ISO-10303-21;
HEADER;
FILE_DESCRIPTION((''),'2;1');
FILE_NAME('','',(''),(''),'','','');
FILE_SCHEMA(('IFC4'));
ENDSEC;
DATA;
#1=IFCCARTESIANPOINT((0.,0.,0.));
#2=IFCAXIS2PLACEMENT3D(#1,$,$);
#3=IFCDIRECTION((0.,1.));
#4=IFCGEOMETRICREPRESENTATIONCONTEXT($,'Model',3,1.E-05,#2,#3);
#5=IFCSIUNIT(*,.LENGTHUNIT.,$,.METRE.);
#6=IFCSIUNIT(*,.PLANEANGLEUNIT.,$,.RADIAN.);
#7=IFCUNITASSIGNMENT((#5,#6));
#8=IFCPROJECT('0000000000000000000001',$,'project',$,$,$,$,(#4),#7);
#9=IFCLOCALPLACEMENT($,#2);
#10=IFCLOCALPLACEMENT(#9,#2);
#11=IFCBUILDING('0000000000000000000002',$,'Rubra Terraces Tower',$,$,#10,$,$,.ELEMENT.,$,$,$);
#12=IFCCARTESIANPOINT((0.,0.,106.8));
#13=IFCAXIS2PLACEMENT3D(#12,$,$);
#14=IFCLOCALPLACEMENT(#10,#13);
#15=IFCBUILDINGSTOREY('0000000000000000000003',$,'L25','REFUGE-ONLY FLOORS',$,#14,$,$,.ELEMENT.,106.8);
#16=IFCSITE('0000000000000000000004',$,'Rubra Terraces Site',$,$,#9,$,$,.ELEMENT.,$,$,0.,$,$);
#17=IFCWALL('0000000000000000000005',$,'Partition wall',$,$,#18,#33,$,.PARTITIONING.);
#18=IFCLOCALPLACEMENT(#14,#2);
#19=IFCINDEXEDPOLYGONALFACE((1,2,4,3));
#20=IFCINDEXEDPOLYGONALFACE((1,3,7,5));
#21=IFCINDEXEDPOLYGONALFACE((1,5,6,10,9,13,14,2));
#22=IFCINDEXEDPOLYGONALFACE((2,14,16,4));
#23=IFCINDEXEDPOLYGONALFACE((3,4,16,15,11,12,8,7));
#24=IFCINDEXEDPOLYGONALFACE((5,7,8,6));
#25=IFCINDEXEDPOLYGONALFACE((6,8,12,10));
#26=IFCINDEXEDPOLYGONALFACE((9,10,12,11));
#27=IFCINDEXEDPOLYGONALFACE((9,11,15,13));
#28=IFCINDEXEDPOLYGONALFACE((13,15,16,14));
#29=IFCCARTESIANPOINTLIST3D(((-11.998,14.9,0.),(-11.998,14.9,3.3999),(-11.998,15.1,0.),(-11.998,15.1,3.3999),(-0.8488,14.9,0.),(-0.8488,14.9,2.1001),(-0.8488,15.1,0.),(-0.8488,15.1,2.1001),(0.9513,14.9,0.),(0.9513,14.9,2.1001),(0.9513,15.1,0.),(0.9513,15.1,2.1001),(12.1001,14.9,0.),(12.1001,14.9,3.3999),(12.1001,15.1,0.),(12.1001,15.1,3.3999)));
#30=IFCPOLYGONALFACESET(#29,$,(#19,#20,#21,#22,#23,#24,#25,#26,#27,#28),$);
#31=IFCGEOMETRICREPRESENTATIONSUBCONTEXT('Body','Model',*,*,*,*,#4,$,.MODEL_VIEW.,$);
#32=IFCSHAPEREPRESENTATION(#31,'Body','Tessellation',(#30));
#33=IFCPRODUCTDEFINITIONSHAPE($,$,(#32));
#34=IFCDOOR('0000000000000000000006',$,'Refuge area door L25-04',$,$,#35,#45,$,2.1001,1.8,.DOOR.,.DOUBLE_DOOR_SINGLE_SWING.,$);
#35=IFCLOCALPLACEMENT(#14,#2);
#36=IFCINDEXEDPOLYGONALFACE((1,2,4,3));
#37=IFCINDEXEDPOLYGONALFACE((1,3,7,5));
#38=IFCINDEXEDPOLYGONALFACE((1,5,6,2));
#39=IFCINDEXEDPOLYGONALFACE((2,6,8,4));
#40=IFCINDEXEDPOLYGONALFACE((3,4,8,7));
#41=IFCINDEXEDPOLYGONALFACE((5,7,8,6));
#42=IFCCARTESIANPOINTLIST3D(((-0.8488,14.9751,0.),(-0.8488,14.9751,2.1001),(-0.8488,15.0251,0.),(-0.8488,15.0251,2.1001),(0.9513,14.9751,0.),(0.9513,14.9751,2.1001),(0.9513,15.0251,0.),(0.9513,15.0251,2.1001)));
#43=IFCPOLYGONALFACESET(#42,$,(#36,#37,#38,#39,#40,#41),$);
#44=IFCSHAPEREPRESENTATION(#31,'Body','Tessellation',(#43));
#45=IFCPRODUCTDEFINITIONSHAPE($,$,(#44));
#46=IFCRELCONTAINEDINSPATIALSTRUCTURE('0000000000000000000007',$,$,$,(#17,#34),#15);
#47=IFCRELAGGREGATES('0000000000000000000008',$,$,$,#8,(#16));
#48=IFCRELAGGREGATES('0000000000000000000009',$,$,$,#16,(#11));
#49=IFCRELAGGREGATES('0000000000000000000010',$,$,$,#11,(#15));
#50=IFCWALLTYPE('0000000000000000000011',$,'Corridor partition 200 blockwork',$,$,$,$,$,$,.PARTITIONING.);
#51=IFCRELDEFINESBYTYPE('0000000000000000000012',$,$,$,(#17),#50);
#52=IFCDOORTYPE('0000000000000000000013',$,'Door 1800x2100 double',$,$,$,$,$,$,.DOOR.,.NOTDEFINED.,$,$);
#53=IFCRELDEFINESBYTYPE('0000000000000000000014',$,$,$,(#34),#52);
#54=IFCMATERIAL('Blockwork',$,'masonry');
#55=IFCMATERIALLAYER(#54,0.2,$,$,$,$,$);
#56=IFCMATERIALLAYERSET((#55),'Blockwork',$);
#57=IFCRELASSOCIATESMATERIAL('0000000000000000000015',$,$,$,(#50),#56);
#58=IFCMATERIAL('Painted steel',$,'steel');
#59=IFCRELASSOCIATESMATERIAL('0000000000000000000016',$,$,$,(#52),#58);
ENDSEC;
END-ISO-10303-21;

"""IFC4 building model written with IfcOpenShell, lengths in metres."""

from ifc_helpers import new_model, si_unit, direction, frame, frame_2d, origin, place, context, subcontext, project, spatial, rectangle, extrude, material, layer, layer_set, type_object, element, fill, save


model = new_model("IFC4")

# Units and contexts
model_context = context("Model", 3, precision=1e-05, world=origin(), true_north=direction((0.0, 1.0)))
body_context = subcontext(model_context, "Body", "Model", "MODEL_VIEW")
ifc_project = project(units=[si_unit("LENGTHUNIT", "METRE"), si_unit("PLANEANGLEUNIT", "RADIAN")], contexts=[model_context])

# Site, building, storey
site_placement = place(None, origin())
site = spatial("IfcSite", under=ifc_project, at=site_placement, Name="Rubra Terraces Site", CompositionType="ELEMENT", RefElevation=0.0)
building_placement = place(site_placement, origin())
building = spatial("IfcBuilding", under=site, at=building_placement, Name="Rubra Terraces Tower", CompositionType="ELEMENT")
storey_placement = place(building_placement, frame((0.0, 0.0, 106.8)))
storey = spatial("IfcBuildingStorey", under=building, at=storey_placement, Name="L25", Description="REFUGE-ONLY FLOORS", CompositionType="ELEMENT", Elevation=106.8)

# Shared definitions
ifc_material_1 = material(Name="Blockwork", Category="masonry")
ifc_layer_1 = layer(ifc_material_1, 0.2)
ifc_layer_set_1 = layer_set([ifc_layer_1], Name="Blockwork")
wall_type_1 = type_object("IfcWallType", Name="Corridor partition 200 blockwork", PredefinedType="PARTITIONING", material=ifc_layer_set_1)

# Wall, opening, door
wall_1_placement = place(storey_placement, frame((12.1001, 15.0, 0.0), z_axis=(0.0, 0.0, 1.0), x_axis=(-1.0, 0.0, 0.0)))
wall_1 = element("IfcWall", 1, at=wall_1_placement, inside=storey, type_object=wall_type_1, Name="Partition wall", PredefinedType="PARTITIONING", context=body_context, shape_type="SweptSolid", body=[
    extrude(rectangle(XDim=24.0981, YDim=0.2, at=frame_2d((12.0491, 0.0))), origin(), (0.0, 0.0, 1.0), 3.3999),
])
opening_1_placement = place(wall_1_placement, frame((11.1489, 0.0, 0.0)))
opening_1 = element("IfcOpeningElement", 2, at=opening_1_placement, cuts=wall_1, PredefinedType="OPENING", context=body_context, shape_type="SweptSolid", body=[
    extrude(rectangle(XDim=1.8, YDim=2.1001, at=frame_2d((0.8999, 1.05))), frame((0.0, 0.1099, 0.0), z_axis=(0.0, -1.0, 0.0), x_axis=(1.0, 0.0, 0.0)), (0.0, 0.0, 1.0), 0.22),
])
ifc_material_2 = material(Name="Painted steel", Category="steel")
door_type = type_object("IfcDoorType", Name="Door 1800x2100 double", OperationType="NOTDEFINED", PredefinedType="DOOR", material=ifc_material_2)
door_placement = place(opening_1_placement, origin())
door = element("IfcDoor", 3, at=door_placement, inside=storey, type_object=door_type, Name="Refuge area door L25-04", OperationType="DOUBLE_DOOR_SINGLE_SWING", OverallHeight=2.1001, OverallWidth=1.8, PredefinedType="DOOR", context=body_context, shape_type="SweptSolid", body=[
    extrude(rectangle(XDim=1.8, YDim=2.1001, at=frame_2d((0.8999, 1.05))), frame((0.0, 0.0249, 0.0), z_axis=(0.0, -1.0, 0.0), x_axis=(1.0, 0.0, 0.0)), (0.0, 0.0, 1.0), 0.05),
])
fill(opening_1, door)

save(model, "model.ifc")
